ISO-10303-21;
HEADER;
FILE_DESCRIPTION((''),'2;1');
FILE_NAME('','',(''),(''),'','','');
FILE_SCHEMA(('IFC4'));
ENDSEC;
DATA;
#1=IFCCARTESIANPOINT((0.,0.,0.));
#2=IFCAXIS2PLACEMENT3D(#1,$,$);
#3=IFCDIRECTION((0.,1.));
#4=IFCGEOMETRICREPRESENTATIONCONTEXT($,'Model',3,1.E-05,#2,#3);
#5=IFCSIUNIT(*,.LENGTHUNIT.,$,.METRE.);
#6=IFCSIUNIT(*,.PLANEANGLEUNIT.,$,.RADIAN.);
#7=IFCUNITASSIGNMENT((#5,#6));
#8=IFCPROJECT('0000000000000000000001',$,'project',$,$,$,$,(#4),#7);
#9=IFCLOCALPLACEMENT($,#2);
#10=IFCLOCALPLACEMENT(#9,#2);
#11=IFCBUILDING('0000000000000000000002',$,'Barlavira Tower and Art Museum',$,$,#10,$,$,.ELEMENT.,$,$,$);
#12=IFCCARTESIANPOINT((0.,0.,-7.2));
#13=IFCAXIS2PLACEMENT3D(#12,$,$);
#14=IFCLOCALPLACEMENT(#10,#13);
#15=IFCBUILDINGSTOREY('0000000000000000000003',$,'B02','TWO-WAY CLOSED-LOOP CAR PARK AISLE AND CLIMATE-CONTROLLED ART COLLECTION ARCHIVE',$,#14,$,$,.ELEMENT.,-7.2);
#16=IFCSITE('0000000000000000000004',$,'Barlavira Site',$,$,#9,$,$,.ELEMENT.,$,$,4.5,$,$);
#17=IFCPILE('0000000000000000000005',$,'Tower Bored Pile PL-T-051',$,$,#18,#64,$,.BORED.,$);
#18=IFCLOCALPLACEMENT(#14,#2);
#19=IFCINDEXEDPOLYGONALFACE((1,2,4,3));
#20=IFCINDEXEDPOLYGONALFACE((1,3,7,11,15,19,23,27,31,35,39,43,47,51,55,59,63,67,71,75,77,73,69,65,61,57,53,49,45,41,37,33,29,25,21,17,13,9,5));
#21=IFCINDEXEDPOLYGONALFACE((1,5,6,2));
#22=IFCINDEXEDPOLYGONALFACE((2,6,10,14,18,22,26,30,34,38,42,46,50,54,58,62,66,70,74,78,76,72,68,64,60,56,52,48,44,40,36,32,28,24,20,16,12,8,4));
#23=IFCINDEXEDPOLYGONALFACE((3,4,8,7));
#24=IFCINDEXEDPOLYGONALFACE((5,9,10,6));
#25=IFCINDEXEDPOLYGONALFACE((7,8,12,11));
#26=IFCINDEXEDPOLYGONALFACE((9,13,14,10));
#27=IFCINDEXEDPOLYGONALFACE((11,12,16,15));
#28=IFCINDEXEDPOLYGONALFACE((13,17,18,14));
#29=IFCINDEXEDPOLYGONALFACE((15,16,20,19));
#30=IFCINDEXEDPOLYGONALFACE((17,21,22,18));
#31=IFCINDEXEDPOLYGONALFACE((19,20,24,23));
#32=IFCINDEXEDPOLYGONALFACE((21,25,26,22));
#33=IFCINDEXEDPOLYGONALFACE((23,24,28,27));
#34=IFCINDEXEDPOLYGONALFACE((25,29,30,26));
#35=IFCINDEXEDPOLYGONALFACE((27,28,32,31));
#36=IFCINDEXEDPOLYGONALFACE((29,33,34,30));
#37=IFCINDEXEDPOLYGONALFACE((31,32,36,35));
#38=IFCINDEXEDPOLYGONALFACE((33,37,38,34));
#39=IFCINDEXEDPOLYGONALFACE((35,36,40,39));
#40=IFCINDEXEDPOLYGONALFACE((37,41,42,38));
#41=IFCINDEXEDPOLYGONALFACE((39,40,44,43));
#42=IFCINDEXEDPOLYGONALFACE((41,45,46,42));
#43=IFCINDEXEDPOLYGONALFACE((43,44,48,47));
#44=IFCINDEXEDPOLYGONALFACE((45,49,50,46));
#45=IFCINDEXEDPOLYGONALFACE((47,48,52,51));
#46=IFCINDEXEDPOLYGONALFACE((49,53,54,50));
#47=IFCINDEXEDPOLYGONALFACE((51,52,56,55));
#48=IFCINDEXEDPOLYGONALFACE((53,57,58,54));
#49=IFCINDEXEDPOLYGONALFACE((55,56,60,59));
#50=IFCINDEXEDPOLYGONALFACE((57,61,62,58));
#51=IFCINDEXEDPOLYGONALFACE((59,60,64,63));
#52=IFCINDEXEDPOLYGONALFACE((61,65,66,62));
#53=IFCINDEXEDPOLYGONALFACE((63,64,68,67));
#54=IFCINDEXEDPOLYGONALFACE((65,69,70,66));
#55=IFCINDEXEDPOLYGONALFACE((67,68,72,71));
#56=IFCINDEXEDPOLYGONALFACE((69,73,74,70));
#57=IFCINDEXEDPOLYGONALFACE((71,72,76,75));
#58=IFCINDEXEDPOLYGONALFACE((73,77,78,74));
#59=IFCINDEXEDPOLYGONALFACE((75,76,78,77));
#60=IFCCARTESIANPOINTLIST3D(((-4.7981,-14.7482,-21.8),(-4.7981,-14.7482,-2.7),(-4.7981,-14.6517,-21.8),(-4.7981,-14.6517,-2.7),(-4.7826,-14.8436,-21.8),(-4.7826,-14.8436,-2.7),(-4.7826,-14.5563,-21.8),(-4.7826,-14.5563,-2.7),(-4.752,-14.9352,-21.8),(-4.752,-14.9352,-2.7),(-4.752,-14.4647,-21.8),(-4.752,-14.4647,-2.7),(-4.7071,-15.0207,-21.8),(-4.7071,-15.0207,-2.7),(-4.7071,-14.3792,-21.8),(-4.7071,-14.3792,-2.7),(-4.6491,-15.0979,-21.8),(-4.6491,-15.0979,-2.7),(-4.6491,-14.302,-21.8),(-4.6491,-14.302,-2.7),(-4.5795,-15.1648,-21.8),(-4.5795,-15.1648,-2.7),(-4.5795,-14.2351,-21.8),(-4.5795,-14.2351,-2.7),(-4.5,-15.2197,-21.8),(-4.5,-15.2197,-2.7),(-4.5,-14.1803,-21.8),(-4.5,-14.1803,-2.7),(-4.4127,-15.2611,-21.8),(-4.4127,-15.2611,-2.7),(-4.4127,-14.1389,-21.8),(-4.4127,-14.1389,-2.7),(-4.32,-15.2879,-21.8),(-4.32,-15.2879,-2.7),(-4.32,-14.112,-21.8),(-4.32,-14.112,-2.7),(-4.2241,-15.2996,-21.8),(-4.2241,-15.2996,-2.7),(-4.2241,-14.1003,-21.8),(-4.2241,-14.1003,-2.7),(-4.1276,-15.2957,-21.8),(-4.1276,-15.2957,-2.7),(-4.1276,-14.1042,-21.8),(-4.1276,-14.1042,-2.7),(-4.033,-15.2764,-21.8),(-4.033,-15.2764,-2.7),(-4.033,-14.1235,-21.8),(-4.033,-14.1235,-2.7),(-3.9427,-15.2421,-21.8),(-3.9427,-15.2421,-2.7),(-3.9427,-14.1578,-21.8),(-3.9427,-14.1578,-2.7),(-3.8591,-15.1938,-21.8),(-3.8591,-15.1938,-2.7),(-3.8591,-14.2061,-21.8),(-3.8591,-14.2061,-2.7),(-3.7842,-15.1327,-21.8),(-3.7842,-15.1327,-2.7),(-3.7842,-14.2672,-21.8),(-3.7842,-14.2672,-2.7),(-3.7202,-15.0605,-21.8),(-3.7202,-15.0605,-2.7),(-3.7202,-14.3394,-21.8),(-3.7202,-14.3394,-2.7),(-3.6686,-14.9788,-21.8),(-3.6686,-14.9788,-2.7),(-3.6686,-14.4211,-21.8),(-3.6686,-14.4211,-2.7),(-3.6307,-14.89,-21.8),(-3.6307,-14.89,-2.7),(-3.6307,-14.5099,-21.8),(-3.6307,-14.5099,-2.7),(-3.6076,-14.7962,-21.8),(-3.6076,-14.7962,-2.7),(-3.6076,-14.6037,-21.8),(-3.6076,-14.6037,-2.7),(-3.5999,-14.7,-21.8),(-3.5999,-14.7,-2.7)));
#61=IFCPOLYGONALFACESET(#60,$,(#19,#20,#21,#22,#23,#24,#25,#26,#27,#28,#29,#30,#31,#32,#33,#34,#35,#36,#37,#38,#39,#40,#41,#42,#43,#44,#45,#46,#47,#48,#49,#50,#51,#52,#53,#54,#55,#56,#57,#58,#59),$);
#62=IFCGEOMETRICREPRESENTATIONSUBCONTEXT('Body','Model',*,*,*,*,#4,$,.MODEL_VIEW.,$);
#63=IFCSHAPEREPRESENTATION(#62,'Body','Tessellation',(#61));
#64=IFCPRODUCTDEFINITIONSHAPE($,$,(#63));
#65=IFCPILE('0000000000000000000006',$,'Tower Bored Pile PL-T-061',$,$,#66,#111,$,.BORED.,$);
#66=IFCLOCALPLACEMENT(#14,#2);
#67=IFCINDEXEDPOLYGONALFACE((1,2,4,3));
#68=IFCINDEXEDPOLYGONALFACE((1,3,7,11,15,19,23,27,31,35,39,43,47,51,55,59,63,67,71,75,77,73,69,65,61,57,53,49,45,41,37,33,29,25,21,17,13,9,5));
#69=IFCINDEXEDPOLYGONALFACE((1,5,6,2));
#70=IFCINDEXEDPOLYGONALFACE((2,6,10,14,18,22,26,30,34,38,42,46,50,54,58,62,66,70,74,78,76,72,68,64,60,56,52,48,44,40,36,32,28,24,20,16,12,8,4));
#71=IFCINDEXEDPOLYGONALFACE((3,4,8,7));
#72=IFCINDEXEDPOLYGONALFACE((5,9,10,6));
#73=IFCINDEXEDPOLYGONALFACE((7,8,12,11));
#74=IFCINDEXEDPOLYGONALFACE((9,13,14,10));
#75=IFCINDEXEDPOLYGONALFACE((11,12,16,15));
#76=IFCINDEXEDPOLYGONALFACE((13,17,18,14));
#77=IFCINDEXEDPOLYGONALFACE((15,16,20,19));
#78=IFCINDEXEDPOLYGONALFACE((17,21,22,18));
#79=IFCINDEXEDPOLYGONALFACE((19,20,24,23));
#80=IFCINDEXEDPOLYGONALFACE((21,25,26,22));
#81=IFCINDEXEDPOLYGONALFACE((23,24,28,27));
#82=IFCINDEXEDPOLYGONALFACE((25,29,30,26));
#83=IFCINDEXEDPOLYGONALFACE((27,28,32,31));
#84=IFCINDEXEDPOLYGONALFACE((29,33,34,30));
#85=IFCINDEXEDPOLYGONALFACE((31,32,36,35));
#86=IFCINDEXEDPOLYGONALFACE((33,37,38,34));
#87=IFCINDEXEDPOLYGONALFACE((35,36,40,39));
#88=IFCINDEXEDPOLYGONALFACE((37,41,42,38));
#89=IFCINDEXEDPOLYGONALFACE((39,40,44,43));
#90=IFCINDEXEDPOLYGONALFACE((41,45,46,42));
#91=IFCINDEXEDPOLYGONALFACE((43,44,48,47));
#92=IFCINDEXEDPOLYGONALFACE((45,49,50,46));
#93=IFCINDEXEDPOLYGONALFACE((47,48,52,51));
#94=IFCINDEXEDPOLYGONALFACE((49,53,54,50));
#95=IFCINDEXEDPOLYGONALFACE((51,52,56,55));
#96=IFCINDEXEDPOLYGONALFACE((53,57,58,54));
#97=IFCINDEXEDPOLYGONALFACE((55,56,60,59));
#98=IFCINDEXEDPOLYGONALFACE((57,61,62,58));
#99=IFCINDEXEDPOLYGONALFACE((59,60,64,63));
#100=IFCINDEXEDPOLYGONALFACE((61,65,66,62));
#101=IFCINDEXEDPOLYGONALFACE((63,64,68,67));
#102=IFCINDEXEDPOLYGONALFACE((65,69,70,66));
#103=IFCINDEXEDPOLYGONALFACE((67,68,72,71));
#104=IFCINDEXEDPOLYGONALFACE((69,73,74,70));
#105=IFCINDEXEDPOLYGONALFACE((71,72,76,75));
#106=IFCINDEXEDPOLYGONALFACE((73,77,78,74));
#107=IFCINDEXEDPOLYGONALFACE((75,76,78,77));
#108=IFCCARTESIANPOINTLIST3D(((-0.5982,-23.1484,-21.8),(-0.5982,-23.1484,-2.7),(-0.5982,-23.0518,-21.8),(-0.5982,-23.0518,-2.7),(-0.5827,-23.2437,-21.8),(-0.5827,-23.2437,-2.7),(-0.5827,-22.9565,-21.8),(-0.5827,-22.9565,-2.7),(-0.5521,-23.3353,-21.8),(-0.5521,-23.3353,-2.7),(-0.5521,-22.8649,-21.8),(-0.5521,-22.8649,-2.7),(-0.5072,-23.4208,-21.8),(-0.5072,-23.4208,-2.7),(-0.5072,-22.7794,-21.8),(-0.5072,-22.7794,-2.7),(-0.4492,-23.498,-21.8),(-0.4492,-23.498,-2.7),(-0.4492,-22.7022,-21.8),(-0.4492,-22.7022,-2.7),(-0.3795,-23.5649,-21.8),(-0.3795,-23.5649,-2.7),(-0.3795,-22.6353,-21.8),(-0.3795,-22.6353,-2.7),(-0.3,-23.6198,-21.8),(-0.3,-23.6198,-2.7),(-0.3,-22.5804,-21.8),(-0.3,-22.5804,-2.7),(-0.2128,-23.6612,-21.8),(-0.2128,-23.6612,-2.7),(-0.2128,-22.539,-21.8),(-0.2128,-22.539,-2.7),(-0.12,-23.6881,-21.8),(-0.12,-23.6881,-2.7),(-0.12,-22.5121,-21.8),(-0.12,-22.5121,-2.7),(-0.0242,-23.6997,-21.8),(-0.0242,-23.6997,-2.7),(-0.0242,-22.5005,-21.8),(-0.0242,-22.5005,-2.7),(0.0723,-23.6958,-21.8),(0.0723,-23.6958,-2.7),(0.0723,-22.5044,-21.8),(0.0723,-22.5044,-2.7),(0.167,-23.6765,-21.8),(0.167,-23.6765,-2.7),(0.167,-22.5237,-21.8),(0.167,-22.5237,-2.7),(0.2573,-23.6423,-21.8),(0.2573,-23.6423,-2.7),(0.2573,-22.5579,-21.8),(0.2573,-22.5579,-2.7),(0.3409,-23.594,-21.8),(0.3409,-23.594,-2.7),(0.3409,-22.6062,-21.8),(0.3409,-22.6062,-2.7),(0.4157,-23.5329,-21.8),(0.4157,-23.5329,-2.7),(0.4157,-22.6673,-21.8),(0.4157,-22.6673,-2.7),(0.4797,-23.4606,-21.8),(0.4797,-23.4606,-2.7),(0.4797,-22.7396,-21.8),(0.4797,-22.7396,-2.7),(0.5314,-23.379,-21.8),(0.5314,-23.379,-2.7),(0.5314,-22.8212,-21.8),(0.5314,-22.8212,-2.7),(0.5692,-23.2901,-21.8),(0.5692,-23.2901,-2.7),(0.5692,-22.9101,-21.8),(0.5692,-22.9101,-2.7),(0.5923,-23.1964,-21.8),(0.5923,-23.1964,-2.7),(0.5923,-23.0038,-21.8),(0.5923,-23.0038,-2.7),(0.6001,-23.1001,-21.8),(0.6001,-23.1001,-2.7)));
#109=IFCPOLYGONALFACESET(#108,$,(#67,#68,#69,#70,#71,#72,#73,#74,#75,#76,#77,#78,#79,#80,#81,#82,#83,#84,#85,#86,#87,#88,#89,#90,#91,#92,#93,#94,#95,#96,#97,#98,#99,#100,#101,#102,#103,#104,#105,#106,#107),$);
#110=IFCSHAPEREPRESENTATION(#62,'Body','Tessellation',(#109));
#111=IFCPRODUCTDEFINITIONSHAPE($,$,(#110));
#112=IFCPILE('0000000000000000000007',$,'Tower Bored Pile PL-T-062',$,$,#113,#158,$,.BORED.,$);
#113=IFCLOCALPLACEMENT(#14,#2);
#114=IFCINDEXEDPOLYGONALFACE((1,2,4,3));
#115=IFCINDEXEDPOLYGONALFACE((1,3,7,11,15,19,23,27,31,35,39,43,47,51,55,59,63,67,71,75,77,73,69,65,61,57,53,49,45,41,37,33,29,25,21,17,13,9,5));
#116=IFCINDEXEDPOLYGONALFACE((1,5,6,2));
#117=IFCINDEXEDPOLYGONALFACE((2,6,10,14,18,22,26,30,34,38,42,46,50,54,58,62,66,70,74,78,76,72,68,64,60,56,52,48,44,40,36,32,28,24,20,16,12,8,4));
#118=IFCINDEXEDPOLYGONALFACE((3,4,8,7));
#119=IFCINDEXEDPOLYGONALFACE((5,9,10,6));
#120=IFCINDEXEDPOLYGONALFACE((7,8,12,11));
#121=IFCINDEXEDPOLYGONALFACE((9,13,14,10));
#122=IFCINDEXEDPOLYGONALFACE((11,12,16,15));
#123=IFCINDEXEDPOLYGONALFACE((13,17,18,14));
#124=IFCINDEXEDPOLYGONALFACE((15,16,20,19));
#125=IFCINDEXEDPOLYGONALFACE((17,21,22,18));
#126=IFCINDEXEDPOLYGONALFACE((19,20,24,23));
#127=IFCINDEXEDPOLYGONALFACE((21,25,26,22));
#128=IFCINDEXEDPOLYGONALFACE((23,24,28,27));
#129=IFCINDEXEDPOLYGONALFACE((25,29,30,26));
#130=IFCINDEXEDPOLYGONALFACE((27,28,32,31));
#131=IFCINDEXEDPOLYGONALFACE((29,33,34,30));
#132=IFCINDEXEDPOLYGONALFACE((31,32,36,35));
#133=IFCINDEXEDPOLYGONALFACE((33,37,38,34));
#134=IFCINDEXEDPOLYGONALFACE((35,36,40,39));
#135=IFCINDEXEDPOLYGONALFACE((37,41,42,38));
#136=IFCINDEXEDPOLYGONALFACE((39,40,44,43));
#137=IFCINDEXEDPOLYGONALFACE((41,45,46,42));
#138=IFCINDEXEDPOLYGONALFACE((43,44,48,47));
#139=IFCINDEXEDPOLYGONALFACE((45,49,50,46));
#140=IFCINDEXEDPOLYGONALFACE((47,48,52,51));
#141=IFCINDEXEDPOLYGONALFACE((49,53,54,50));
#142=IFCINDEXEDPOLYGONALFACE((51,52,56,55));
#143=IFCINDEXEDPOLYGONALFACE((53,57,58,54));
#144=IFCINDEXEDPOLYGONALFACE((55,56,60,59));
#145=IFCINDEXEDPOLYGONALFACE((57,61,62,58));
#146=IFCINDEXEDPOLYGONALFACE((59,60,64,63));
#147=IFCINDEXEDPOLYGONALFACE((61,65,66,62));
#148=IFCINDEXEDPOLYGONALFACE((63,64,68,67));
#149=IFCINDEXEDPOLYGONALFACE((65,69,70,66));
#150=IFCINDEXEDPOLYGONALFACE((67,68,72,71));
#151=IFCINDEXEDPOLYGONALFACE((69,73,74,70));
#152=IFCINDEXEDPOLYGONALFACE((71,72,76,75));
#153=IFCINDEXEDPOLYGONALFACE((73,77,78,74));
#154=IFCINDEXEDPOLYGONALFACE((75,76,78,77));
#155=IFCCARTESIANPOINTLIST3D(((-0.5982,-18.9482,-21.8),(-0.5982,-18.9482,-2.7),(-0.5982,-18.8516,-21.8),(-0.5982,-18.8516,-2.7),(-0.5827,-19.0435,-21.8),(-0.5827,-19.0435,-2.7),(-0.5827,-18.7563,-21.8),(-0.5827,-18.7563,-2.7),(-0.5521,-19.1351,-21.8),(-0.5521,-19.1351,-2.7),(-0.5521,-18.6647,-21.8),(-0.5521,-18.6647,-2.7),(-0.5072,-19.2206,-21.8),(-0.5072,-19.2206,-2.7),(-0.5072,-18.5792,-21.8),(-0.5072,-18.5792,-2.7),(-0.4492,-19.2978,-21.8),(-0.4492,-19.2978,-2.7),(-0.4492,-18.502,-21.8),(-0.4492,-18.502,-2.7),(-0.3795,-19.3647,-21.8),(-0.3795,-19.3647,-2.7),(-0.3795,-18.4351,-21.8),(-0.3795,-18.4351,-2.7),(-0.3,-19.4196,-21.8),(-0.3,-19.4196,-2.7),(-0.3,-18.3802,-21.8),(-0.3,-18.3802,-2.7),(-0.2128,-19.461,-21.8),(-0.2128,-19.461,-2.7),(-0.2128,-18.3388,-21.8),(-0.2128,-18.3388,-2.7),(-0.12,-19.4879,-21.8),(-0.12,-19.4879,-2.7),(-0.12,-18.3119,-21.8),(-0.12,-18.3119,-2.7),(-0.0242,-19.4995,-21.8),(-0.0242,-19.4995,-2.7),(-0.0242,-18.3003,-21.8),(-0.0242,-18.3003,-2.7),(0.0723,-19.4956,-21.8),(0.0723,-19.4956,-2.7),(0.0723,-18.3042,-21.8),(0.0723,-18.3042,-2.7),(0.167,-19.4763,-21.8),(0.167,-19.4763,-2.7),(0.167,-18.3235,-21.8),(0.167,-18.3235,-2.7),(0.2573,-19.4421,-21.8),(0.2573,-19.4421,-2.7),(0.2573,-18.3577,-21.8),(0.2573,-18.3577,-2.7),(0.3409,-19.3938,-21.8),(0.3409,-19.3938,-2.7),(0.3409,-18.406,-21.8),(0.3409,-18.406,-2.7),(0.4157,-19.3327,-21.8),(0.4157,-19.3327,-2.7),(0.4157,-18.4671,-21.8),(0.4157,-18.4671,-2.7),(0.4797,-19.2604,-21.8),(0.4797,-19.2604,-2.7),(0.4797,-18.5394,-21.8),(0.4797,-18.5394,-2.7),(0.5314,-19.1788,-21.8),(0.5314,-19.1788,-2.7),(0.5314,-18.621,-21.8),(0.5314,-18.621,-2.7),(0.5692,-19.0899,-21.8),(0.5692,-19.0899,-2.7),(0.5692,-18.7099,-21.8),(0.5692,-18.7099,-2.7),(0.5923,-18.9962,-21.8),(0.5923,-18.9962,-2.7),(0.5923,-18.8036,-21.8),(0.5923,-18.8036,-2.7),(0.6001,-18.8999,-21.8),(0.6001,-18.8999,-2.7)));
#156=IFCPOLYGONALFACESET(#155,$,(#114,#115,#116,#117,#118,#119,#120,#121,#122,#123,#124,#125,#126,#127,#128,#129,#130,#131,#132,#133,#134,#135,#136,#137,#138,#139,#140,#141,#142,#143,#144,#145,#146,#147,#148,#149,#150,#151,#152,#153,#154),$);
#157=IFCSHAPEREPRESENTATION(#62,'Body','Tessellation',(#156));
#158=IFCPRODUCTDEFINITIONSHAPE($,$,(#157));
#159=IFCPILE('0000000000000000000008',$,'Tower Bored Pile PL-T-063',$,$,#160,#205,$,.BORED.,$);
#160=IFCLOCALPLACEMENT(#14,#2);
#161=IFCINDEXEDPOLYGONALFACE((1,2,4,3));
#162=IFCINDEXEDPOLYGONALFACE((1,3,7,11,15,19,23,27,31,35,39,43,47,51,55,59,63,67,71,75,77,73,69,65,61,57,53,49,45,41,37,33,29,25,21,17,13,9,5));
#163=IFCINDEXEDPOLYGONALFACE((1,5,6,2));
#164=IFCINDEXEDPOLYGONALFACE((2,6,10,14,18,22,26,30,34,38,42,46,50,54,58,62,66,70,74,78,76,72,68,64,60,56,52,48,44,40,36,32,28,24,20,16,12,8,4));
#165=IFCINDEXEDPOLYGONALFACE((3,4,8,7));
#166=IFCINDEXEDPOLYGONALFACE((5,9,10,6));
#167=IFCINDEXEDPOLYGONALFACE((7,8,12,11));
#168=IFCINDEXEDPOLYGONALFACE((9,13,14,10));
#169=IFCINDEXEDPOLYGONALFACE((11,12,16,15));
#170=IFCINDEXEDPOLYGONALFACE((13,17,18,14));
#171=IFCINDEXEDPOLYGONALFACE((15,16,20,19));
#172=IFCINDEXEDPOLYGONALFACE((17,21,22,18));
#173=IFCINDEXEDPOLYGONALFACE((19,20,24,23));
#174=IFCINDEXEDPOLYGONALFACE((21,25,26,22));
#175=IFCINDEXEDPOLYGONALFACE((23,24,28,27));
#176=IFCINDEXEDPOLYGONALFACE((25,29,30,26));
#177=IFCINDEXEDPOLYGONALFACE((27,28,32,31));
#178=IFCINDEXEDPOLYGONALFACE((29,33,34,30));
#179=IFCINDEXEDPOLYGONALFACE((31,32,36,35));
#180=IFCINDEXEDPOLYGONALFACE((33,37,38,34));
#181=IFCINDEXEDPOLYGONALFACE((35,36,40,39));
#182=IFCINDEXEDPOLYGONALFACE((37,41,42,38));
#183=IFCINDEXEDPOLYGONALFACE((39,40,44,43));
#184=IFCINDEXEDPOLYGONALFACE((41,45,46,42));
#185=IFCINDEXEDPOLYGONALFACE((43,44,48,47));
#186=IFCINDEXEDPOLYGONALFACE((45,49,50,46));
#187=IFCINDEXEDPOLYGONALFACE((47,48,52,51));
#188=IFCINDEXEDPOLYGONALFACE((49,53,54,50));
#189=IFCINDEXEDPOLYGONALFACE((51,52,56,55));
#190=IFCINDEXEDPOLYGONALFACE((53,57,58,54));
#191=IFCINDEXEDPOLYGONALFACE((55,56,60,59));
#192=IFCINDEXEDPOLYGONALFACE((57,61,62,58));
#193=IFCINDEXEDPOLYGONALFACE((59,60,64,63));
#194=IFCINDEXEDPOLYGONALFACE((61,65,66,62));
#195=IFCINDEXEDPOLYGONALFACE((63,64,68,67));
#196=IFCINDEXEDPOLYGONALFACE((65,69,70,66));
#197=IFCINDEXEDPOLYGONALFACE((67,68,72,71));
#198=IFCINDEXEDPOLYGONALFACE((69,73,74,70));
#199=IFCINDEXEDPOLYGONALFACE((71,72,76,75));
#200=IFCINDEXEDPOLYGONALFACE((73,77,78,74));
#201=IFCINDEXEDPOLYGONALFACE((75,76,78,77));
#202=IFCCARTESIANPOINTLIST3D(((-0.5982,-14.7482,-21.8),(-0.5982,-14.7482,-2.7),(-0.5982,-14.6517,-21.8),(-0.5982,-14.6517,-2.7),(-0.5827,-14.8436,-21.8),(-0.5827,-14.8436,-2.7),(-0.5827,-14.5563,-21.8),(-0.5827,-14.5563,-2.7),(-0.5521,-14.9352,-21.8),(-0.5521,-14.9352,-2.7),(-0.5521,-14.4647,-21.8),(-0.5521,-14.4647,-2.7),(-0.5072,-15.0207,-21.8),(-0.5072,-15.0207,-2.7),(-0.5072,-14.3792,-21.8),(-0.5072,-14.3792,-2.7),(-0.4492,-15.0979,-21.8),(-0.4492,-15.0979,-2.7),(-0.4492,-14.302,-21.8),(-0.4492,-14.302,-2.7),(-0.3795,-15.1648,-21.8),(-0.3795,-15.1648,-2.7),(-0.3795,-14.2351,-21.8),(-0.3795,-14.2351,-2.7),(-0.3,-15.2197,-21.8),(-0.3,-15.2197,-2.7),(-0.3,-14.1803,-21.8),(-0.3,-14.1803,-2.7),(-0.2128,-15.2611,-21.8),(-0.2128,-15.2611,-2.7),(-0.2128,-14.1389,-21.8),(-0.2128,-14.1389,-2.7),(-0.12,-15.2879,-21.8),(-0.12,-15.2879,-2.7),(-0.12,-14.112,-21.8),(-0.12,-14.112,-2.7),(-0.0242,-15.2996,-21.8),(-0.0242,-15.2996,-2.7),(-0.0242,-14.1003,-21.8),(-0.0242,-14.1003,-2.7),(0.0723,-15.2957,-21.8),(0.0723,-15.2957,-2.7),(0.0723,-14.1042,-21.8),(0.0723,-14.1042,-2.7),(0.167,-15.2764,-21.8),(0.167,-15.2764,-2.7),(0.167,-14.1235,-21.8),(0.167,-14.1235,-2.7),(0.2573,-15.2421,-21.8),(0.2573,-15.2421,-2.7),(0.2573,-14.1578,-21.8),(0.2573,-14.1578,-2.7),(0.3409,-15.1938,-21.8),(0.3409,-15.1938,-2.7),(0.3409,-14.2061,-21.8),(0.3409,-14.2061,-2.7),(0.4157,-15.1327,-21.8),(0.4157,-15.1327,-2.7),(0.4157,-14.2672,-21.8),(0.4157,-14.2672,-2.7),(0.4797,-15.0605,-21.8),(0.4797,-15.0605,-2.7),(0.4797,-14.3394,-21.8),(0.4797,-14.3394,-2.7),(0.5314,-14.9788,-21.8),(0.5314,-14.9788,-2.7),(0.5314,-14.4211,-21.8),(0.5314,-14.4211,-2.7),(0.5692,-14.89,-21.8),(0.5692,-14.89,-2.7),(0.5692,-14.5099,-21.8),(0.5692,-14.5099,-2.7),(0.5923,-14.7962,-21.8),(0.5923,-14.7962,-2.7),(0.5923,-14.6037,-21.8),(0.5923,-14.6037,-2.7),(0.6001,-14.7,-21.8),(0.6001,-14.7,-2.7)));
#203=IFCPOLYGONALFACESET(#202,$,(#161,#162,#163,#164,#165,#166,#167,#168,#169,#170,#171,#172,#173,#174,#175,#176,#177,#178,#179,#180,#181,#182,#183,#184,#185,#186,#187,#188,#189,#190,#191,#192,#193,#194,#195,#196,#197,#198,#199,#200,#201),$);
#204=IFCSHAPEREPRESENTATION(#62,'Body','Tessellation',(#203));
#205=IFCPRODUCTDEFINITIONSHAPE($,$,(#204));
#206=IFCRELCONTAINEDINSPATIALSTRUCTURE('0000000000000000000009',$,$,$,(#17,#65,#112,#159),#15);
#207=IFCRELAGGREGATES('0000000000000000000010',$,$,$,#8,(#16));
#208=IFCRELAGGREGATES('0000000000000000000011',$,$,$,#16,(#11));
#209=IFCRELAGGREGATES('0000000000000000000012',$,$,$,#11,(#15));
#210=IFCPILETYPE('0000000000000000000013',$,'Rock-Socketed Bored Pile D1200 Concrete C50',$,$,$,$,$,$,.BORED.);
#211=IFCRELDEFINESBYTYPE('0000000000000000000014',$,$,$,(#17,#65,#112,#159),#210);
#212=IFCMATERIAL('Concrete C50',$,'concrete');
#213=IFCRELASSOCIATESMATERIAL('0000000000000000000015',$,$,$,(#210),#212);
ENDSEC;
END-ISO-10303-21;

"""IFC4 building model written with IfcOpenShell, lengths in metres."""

from ifc_helpers import new_model, si_unit, direction, frame, origin, origin_2d, place, context, subcontext, project, spatial, circle, extrude, material, material_profile, profile_set, type_object, element, save


model = new_model("IFC4")

# Units and contexts
model_context = context("Model", 3, precision=1e-05, world=origin(), true_north=direction((0.0, 1.0)))
body_context = subcontext(model_context, "Body", "Model", "MODEL_VIEW")
ifc_project = project(units=[si_unit("LENGTHUNIT", "METRE"), si_unit("PLANEANGLEUNIT", "RADIAN")], contexts=[model_context])

# Site, building, storey
site_placement = place(None, origin())
site = spatial("IfcSite", under=ifc_project, at=site_placement, Name="Barlavira Site", CompositionType="ELEMENT", RefElevation=4.5)
building_placement = place(site_placement, origin())
building = spatial("IfcBuilding", under=site, at=building_placement, Name="Barlavira Tower and Art Museum", CompositionType="ELEMENT")
storey_placement = place(building_placement, frame((0.0, 0.0, -7.2)))
storey = spatial("IfcBuildingStorey", under=building, at=storey_placement, Name="B02", Description="TWO-WAY CLOSED-LOOP CAR PARK AISLE AND CLIMATE-CONTROLLED ART COLLECTION ARCHIVE", CompositionType="ELEMENT", Elevation=-7.2)

# Piles
ifc_material_1 = material(Name="Concrete C50", Category="concrete")
ifc_material_profile_1 = material_profile(ifc_material_1, circle(Radius=0.6001, at=origin_2d()), Name="BORED PILE D1200")
ifc_profile_set_1 = profile_set([ifc_material_profile_1], Name="Concrete C50")
pile_type = type_object("IfcPileType", Name="Rock-Socketed Bored Pile D1200 Concrete C50", PredefinedType="BORED", material=ifc_profile_set_1)
for number, where, z_axis, x_axis, name in (
    (1, (-4.2, -14.7, -2.7), (0.0, 0.0, -1.0), (1.0, 0.0, 0.0), "Tower Bored Pile PL-T-051"),
    (2, (0.0, -23.1001, -2.7), (0.0, 0.0, -1.0), (1.0, 0.0, 0.0), "Tower Bored Pile PL-T-061"),
    (3, (0.0, -18.8999, -2.7), (0.0, 0.0, -1.0), (1.0, 0.0, 0.0), "Tower Bored Pile PL-T-062"),
    (4, (0.0, -14.7, -2.7), (0.0, 0.0, -1.0), (1.0, 0.0, 0.0), "Tower Bored Pile PL-T-063"),
):
    element("IfcPile", number, at=place(storey_placement, frame(where, z_axis=z_axis, x_axis=x_axis)), inside=storey, type_object=pile_type, Name=name, PredefinedType="BORED", context=body_context, shape_type="SweptSolid", body=[
        extrude(circle(Radius=0.6001, at=origin_2d()), origin(), (0.0, 0.0, 1.0), 19.1001),
    ])

save(model, "model.ifc")
